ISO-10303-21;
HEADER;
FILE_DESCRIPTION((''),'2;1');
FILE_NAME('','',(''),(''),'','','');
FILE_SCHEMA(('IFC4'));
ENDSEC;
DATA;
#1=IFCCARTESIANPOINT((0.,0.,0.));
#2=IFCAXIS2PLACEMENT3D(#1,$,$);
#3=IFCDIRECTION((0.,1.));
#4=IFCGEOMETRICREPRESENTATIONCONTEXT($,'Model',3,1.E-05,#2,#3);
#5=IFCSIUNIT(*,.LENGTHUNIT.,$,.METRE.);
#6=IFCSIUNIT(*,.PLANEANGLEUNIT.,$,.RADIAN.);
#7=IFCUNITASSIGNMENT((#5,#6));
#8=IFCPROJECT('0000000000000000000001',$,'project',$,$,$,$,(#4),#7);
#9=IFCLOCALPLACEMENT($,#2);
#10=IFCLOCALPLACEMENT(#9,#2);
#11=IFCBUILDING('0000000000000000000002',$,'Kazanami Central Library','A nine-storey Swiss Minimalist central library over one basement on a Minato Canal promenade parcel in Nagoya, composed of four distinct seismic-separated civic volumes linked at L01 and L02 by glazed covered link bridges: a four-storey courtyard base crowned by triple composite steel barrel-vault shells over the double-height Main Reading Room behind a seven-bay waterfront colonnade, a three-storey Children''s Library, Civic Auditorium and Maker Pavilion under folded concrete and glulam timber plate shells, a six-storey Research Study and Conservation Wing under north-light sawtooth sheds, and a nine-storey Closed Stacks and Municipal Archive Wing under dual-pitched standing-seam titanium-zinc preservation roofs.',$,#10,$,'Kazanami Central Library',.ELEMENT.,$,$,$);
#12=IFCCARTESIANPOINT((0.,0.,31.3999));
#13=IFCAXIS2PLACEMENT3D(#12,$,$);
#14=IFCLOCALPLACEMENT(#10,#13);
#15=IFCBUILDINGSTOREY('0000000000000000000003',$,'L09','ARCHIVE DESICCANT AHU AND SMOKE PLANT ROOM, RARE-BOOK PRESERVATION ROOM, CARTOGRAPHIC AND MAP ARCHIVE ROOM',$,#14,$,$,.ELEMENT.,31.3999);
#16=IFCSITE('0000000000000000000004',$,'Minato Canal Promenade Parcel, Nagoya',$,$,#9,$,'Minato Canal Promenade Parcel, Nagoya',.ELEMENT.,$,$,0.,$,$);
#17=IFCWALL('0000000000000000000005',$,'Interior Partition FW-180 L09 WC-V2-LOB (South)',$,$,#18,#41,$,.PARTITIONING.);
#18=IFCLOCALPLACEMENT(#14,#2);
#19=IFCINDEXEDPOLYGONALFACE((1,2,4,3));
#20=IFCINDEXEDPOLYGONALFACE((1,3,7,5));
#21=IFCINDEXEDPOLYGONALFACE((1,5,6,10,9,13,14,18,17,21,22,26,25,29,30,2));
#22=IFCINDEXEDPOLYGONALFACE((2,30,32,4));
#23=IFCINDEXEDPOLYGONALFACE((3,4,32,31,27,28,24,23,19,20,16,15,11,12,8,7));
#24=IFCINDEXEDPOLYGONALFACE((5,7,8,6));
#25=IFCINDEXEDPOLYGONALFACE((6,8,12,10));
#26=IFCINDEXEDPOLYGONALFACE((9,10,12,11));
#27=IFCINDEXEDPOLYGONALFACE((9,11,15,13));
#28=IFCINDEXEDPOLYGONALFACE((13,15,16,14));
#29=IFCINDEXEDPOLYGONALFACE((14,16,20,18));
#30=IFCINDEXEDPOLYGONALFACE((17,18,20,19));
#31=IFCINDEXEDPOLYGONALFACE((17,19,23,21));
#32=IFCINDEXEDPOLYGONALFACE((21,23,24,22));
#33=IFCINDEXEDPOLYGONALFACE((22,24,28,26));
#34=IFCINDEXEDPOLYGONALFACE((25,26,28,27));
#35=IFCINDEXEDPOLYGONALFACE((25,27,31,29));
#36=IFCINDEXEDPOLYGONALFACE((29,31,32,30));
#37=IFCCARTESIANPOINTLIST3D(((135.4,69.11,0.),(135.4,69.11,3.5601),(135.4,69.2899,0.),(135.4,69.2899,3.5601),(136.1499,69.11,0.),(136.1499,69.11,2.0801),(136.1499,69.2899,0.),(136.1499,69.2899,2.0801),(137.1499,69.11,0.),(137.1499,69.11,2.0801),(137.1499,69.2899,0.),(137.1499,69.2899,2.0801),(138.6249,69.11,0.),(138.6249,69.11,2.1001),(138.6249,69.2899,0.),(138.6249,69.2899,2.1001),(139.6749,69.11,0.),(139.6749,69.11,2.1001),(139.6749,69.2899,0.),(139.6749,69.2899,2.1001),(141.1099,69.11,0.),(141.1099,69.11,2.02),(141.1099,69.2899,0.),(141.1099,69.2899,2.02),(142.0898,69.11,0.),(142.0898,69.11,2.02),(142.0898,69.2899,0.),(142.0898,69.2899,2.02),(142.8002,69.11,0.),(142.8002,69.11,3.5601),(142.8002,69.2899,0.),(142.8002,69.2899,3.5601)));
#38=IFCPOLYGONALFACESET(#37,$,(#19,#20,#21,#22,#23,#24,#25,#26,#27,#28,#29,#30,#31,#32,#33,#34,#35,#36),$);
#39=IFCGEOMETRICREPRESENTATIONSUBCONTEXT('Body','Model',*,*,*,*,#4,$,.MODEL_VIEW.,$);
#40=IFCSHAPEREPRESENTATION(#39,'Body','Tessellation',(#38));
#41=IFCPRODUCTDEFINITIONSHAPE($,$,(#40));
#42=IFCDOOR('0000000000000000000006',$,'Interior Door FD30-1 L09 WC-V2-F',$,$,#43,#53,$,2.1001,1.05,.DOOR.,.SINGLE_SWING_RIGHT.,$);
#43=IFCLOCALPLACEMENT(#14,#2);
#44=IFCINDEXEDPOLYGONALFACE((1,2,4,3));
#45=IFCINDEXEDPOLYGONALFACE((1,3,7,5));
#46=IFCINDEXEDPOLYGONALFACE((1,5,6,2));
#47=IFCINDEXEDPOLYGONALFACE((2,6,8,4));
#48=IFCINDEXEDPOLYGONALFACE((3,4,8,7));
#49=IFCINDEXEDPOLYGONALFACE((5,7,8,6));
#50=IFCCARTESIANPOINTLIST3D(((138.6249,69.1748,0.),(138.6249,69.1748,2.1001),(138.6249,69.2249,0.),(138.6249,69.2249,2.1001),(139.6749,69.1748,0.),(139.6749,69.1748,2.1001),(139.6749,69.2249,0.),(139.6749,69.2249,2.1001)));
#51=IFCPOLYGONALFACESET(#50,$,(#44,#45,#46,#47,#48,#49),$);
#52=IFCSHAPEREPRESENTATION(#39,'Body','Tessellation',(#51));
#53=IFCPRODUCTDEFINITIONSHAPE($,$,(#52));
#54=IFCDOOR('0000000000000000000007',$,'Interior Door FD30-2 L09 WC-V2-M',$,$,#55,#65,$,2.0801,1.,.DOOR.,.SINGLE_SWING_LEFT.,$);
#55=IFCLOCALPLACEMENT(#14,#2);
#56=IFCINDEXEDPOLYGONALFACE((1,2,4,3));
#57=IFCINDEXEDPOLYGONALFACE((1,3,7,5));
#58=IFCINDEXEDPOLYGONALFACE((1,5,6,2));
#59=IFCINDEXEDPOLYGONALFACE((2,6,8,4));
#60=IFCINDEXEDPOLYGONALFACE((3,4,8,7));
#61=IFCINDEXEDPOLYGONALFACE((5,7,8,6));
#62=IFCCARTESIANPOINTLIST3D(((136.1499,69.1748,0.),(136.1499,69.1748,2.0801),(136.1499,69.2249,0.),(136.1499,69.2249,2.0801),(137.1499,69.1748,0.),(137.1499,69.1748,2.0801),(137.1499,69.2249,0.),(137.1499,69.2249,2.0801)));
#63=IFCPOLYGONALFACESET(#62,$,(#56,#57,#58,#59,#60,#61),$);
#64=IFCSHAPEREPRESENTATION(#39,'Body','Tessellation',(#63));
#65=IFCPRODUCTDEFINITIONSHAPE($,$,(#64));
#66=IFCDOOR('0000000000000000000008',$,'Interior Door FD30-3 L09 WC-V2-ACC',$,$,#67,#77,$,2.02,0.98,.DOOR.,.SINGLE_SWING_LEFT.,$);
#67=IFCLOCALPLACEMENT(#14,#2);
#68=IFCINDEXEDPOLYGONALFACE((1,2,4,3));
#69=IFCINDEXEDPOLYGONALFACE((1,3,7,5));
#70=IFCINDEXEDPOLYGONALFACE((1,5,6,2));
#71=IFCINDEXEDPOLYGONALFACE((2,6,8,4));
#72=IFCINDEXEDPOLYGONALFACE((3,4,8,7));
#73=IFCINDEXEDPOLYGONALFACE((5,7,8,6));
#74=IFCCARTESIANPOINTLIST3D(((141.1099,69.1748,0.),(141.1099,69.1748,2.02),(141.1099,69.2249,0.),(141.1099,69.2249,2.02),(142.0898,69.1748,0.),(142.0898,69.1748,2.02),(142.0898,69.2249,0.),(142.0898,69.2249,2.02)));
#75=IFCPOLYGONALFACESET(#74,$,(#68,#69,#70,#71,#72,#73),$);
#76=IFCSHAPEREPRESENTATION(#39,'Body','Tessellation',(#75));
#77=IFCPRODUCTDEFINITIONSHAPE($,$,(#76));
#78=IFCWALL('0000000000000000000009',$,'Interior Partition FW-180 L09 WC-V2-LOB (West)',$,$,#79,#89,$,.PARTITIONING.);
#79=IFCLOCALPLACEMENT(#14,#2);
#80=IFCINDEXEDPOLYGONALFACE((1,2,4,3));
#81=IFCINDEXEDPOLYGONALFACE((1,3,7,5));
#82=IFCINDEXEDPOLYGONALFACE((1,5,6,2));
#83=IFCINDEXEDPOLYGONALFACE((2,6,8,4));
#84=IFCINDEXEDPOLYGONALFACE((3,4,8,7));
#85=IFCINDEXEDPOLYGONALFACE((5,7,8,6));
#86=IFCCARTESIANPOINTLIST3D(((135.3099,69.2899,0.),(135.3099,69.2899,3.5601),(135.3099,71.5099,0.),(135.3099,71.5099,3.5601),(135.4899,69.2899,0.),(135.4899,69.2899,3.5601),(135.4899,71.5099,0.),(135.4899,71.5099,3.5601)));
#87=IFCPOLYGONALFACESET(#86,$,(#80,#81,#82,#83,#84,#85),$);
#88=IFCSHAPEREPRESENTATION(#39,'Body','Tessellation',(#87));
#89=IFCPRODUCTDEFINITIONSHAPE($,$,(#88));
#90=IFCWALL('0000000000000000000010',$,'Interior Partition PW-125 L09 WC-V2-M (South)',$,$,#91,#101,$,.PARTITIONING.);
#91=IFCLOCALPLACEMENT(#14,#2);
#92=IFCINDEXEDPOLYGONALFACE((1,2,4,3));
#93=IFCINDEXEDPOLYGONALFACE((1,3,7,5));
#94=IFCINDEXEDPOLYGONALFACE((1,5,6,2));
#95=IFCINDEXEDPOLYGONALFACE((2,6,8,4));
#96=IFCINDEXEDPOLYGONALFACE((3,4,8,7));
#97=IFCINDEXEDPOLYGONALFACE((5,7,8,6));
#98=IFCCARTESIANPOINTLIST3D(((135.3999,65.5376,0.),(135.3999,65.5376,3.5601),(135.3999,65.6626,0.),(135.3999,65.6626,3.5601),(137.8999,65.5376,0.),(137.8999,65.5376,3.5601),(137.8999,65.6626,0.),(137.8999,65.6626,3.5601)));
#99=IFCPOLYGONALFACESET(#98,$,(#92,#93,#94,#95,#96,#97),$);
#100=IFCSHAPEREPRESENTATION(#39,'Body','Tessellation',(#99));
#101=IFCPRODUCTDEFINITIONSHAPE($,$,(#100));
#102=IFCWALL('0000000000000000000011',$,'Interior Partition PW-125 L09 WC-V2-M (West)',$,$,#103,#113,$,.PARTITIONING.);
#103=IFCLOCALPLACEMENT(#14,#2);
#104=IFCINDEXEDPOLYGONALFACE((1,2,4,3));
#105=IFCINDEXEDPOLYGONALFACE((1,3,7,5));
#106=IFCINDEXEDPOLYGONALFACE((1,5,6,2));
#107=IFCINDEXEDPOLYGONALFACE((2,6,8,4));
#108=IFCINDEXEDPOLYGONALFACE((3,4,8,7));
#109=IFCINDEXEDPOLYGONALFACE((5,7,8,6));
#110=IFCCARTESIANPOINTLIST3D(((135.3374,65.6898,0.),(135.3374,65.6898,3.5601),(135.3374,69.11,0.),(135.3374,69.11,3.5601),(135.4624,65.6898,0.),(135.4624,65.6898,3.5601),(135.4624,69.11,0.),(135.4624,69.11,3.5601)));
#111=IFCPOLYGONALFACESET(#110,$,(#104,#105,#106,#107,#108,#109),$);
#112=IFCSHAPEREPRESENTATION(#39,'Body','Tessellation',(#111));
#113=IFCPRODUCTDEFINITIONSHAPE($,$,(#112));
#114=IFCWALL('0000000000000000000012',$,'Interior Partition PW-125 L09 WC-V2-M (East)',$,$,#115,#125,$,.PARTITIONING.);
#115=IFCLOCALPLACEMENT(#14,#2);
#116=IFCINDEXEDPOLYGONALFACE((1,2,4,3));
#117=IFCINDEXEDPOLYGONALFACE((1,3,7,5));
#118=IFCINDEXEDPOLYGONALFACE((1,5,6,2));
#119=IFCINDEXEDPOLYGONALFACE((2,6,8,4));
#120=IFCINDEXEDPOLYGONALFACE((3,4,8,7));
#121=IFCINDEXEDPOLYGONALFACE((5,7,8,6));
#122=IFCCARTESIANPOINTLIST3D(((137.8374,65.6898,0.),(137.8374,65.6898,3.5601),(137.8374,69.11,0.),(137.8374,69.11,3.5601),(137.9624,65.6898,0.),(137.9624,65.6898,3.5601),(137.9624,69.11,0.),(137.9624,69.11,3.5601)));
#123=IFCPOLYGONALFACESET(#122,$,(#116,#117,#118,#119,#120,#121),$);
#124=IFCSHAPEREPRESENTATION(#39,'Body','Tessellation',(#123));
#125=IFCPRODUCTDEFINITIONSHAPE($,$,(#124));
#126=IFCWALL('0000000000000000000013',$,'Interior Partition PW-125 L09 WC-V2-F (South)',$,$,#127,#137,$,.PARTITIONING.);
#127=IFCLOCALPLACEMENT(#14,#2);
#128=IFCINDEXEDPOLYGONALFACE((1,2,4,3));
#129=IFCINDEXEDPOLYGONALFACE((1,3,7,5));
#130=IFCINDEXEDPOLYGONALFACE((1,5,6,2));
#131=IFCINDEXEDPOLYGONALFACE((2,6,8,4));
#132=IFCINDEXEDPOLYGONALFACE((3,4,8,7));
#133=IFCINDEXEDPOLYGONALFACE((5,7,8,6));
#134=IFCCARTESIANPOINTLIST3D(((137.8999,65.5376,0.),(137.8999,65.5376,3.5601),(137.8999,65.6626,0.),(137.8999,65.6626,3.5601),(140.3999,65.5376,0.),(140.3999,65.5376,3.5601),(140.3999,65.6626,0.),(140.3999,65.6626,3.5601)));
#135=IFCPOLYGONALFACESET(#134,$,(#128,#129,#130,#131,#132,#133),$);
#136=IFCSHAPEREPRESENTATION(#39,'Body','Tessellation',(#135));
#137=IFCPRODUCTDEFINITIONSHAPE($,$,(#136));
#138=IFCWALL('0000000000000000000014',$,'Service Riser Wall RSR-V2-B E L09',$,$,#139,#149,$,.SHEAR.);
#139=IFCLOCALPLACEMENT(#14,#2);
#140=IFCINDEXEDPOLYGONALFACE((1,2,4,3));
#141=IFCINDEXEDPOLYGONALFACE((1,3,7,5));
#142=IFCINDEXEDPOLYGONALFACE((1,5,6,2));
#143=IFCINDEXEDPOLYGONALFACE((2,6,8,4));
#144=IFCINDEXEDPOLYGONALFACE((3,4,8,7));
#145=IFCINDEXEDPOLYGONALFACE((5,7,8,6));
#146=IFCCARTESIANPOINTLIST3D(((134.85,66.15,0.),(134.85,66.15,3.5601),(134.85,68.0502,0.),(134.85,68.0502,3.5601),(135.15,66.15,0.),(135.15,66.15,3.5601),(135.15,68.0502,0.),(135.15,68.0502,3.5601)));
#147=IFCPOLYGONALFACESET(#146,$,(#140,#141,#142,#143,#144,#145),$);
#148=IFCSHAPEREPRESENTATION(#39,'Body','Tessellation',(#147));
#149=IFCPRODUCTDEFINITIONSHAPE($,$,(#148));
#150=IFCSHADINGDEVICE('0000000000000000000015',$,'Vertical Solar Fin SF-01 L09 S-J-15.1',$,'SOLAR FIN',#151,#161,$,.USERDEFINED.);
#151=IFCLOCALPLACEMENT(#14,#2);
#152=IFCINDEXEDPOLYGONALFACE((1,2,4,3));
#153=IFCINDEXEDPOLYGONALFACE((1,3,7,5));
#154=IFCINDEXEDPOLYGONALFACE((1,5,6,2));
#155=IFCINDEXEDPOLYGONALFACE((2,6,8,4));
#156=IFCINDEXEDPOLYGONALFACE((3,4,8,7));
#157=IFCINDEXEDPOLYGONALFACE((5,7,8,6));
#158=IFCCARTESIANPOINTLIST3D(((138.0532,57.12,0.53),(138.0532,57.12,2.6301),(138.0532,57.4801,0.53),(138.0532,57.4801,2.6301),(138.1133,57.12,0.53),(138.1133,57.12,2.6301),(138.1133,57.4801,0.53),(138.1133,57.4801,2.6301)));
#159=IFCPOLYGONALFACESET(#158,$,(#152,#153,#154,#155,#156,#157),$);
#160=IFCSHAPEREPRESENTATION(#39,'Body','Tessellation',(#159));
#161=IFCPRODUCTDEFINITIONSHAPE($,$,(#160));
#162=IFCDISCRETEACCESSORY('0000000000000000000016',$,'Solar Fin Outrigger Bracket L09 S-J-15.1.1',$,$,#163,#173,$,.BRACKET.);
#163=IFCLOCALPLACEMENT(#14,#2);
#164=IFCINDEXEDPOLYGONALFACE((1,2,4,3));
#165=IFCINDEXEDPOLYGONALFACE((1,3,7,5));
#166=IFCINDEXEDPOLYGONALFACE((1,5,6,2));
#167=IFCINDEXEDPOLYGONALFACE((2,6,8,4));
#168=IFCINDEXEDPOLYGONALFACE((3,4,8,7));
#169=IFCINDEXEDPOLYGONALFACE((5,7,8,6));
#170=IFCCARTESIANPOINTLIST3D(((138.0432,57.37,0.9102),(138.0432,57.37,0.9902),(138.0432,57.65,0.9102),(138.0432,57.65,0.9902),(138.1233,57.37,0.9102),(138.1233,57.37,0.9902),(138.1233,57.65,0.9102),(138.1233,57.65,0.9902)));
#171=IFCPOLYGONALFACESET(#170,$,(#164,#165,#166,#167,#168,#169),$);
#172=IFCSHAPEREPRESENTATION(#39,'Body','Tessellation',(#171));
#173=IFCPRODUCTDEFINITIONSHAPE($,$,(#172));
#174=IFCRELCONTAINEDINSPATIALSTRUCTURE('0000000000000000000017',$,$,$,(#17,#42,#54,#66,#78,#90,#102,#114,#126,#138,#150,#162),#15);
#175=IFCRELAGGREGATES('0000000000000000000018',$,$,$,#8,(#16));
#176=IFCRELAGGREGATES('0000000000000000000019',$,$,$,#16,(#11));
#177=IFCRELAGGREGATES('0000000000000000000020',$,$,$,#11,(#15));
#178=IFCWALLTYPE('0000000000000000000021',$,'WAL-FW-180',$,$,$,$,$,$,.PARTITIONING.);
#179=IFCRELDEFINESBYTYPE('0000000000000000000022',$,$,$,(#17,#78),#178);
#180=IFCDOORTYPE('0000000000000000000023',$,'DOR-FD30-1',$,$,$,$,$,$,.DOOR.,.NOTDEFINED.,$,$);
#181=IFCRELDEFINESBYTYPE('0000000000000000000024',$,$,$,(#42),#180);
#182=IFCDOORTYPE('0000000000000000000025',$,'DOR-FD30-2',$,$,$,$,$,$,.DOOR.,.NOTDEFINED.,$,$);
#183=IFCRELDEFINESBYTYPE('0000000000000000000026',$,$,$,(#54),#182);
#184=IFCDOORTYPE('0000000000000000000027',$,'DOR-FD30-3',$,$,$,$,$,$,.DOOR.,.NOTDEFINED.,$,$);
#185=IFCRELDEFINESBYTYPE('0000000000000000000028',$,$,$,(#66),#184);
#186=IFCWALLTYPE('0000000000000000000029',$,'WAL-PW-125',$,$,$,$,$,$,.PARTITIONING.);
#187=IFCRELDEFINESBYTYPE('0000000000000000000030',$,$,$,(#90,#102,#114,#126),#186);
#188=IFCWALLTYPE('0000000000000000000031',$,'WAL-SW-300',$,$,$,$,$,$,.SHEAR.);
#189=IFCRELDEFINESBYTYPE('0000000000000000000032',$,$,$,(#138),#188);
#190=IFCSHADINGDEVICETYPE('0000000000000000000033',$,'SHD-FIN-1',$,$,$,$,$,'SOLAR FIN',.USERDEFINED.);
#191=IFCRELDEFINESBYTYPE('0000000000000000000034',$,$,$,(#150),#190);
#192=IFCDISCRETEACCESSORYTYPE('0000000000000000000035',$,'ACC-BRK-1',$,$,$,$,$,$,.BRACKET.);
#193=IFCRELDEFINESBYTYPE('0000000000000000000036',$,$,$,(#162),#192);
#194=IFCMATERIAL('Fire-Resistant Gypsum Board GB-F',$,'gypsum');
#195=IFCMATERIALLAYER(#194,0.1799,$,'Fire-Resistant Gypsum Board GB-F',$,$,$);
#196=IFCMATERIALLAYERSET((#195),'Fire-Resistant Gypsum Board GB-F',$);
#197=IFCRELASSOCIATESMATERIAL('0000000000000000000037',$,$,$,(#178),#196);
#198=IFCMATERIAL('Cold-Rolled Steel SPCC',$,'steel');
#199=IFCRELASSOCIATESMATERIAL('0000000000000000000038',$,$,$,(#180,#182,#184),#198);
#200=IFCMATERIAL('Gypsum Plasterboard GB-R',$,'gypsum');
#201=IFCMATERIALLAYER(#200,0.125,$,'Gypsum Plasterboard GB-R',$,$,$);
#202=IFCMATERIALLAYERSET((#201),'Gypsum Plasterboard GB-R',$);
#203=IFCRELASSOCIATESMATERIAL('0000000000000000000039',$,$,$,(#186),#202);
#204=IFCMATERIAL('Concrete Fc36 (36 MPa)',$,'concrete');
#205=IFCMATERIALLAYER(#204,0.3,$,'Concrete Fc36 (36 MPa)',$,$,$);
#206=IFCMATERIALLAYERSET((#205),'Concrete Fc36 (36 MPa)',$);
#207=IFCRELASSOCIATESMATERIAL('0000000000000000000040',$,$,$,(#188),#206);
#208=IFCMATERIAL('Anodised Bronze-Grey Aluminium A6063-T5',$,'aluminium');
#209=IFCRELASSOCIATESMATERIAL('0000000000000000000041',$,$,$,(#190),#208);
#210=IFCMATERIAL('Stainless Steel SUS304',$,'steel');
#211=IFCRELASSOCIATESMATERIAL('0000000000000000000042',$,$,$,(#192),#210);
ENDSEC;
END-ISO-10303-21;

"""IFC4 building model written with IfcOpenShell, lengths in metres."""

from ifc_helpers import new_model, si_unit, direction, frame, frame_2d, origin, origin_2d, place, context, subcontext, project, spatial, rectangle, extrude, material, layer, layer_set, type_object, element, fill, save


model = new_model("IFC4")

# Units and contexts
model_context = context("Model", 3, precision=1e-05, world=origin(), true_north=direction((0.0, 1.0)))
body_context = subcontext(model_context, "Body", "Model", "MODEL_VIEW")
ifc_project = project(units=[si_unit("LENGTHUNIT", "METRE"), si_unit("PLANEANGLEUNIT", "RADIAN")], contexts=[model_context])

# Site, building, storey
site_placement = place(None, origin())
site = spatial("IfcSite", under=ifc_project, at=site_placement, Name="Minato Canal Promenade Parcel, Nagoya", LongName="Minato Canal Promenade Parcel, Nagoya", CompositionType="ELEMENT", RefElevation=0.0)
building_placement = place(site_placement, origin())
building = spatial("IfcBuilding", under=site, at=building_placement, Name="Kazanami Central Library", Description="A nine-storey Swiss Minimalist central library over one basement on a Minato Canal promenade parcel in Nagoya, composed of four distinct seismic-separated civic volumes linked at L01 and L02 by glazed covered link bridges: a four-storey courtyard base crowned by triple composite steel barrel-vault shells over the double-height Main Reading Room behind a seven-bay waterfront colonnade, a three-storey Children's Library, Civic Auditorium and Maker Pavilion under folded concrete and glulam timber plate shells, a six-storey Research Study and Conservation Wing under north-light sawtooth sheds, and a nine-storey Closed Stacks and Municipal Archive Wing under dual-pitched standing-seam titanium-zinc preservation roofs.", LongName="Kazanami Central Library", CompositionType="ELEMENT")
storey_placement = place(building_placement, frame((0.0, 0.0, 31.3999)))
storey = spatial("IfcBuildingStorey", under=building, at=storey_placement, Name="L09", Description="ARCHIVE DESICCANT AHU AND SMOKE PLANT ROOM, RARE-BOOK PRESERVATION ROOM, CARTOGRAPHIC AND MAP ARCHIVE ROOM", CompositionType="ELEMENT", Elevation=31.3999)

# Wall, openings, doors
ifc_material_1 = material(Name="Fire-Resistant Gypsum Board GB-F", Category="gypsum")
ifc_layer_1 = layer(ifc_material_1, 0.1799, Name="Fire-Resistant Gypsum Board GB-F")
ifc_layer_set_1 = layer_set([ifc_layer_1], Name="Fire-Resistant Gypsum Board GB-F")
wall_type_1 = type_object("IfcWallType", Name="WAL-FW-180", PredefinedType="PARTITIONING", material=ifc_layer_set_1)
wall_1_placement = place(storey_placement, frame((135.3999, 69.2, 0.0), z_axis=(0.0, 0.0, 1.0), x_axis=(1.0, 0.0, 0.0)))
wall_1 = element("IfcWall", 1, at=wall_1_placement, inside=storey, type_object=wall_type_1, Name="Interior Partition FW-180 L09 WC-V2-LOB (South)", PredefinedType="PARTITIONING", context=body_context, shape_type="SweptSolid", body=[
    extrude(rectangle(XDim=7.4001, YDim=0.1799, at=frame_2d((3.7002, 0.0))), origin(), (0.0, 0.0, 1.0), 3.5601),
])
opening_1_placement = place(wall_1_placement, frame((0.75, 0.0, 0.0)))
opening_1 = element("IfcOpeningElement", 2, at=opening_1_placement, cuts=wall_1, PredefinedType="OPENING", context=body_context, shape_type="SweptSolid", body=[
    extrude(rectangle(XDim=1.0, YDim=2.0801, at=frame_2d((0.5, 1.04))), frame((0.0, 0.1021, 0.0), z_axis=(0.0, -1.0, 0.0), x_axis=(1.0, 0.0, 0.0)), (0.0, 0.0, 1.0), 0.2039),
])
opening_2_placement = place(wall_1_placement, frame((3.2251, 0.0, 0.0)))
opening_2 = element("IfcOpeningElement", 3, at=opening_2_placement, cuts=wall_1, PredefinedType="OPENING", context=body_context, shape_type="SweptSolid", body=[
    extrude(rectangle(XDim=1.05, YDim=2.1001, at=frame_2d((0.5249, 1.05))), frame((0.0, 0.1021, 0.0), z_axis=(0.0, -1.0, 0.0), x_axis=(1.0, 0.0, 0.0)), (0.0, 0.0, 1.0), 0.2039),
])
opening_3_placement = place(wall_1_placement, frame((5.71, 0.0, 0.0)))
opening_3 = element("IfcOpeningElement", 4, at=opening_3_placement, cuts=wall_1, PredefinedType="OPENING", context=body_context, shape_type="SweptSolid", body=[
    extrude(rectangle(XDim=0.98, YDim=2.02, at=frame_2d((0.49, 1.01))), frame((0.0, 0.1021, 0.0), z_axis=(0.0, -1.0, 0.0), x_axis=(1.0, 0.0, 0.0)), (0.0, 0.0, 1.0), 0.2039),
])
ifc_material_2 = material(Name="Cold-Rolled Steel SPCC", Category="steel")
door_type_1 = type_object("IfcDoorType", Name="DOR-FD30-1", OperationType="NOTDEFINED", PredefinedType="DOOR", material=ifc_material_2)
door_1_placement = place(opening_2_placement, origin())
door_1 = element("IfcDoor", 5, at=door_1_placement, inside=storey, type_object=door_type_1, Name="Interior Door FD30-1 L09 WC-V2-F", OperationType="SINGLE_SWING_RIGHT", OverallHeight=2.1001, OverallWidth=1.05, PredefinedType="DOOR", context=body_context, shape_type="SweptSolid", body=[
    extrude(rectangle(XDim=1.05, YDim=2.1001, at=frame_2d((0.5249, 1.05))), frame((0.0, 0.0249, 0.0), z_axis=(0.0, -1.0, 0.0), x_axis=(1.0, 0.0, 0.0)), (0.0, 0.0, 1.0), 0.05),
])
fill(opening_2, door_1)
door_type_2 = type_object("IfcDoorType", Name="DOR-FD30-2", OperationType="NOTDEFINED", PredefinedType="DOOR", material=ifc_material_2)
door_2_placement = place(opening_1_placement, origin())
door_2 = element("IfcDoor", 6, at=door_2_placement, inside=storey, type_object=door_type_2, Name="Interior Door FD30-2 L09 WC-V2-M", OperationType="SINGLE_SWING_LEFT", OverallHeight=2.0801, OverallWidth=1.0, PredefinedType="DOOR", context=body_context, shape_type="SweptSolid", body=[
    extrude(rectangle(XDim=1.0, YDim=2.0801, at=frame_2d((0.5, 1.04))), frame((0.0, 0.0249, 0.0), z_axis=(0.0, -1.0, 0.0), x_axis=(1.0, 0.0, 0.0)), (0.0, 0.0, 1.0), 0.05),
])
fill(opening_1, door_2)
door_type_3 = type_object("IfcDoorType", Name="DOR-FD30-3", OperationType="NOTDEFINED", PredefinedType="DOOR", material=ifc_material_2)
door_3_placement = place(opening_3_placement, origin())
door_3 = element("IfcDoor", 7, at=door_3_placement, inside=storey, type_object=door_type_3, Name="Interior Door FD30-3 L09 WC-V2-ACC", OperationType="SINGLE_SWING_LEFT", OverallHeight=2.02, OverallWidth=0.98, PredefinedType="DOOR", context=body_context, shape_type="SweptSolid", body=[
    extrude(rectangle(XDim=0.98, YDim=2.02, at=frame_2d((0.49, 1.01))), frame((0.0, 0.0249, 0.0), z_axis=(0.0, -1.0, 0.0), x_axis=(1.0, 0.0, 0.0)), (0.0, 0.0, 1.0), 0.05),
])
fill(opening_3, door_3)

# Walls
wall_2_placement = place(storey_placement, frame((135.3999, 69.29, 0.0), z_axis=(0.0, 0.0, 1.0), x_axis=(0.0, 1.0, 0.0)))
element("IfcWall", 8, at=wall_2_placement, inside=storey, type_object=wall_type_1, Name="Interior Partition FW-180 L09 WC-V2-LOB (West)", PredefinedType="PARTITIONING", context=body_context, shape_type="SweptSolid", body=[
    extrude(rectangle(XDim=2.22, YDim=0.1799, at=frame_2d((1.1099, 0.0))), origin(), (0.0, 0.0, 1.0), 3.5601),
])
ifc_material_3 = material(Name="Gypsum Plasterboard GB-R", Category="gypsum")
ifc_layer_2 = layer(ifc_material_3, 0.125, Name="Gypsum Plasterboard GB-R")
ifc_layer_set_2 = layer_set([ifc_layer_2], Name="Gypsum Plasterboard GB-R")
wall_type_2 = type_object("IfcWallType", Name="WAL-PW-125", PredefinedType="PARTITIONING", material=ifc_layer_set_2)
wall_3_placement = place(storey_placement, frame((135.3999, 65.6001, 0.0), z_axis=(0.0, 0.0, 1.0), x_axis=(1.0, 0.0, 0.0)))
element("IfcWall", 9, at=wall_3_placement, inside=storey, type_object=wall_type_2, Name="Interior Partition PW-125 L09 WC-V2-M (South)", PredefinedType="PARTITIONING", context=body_context, shape_type="SweptSolid", body=[
    extrude(rectangle(XDim=2.5, YDim=0.125, at=frame_2d((1.25, 0.0))), origin(), (0.0, 0.0, 1.0), 3.5601),
])
for number, where, z_axis, x_axis, name in (
    (10, (135.3999, 65.6899, 0.0), (0.0, 0.0, 1.0), (0.0, 1.0, 0.0), "Interior Partition PW-125 L09 WC-V2-M (West)"),
    (11, (137.8999, 65.6899, 0.0), (0.0, 0.0, 1.0), (0.0, 1.0, 0.0), "Interior Partition PW-125 L09 WC-V2-M (East)"),
):
    element("IfcWall", number, at=place(storey_placement, frame(where, z_axis=z_axis, x_axis=x_axis)), inside=storey, type_object=wall_type_2, Name=name, PredefinedType="PARTITIONING", context=body_context, shape_type="SweptSolid", body=[
        extrude(rectangle(XDim=3.4202, YDim=0.125, at=frame_2d((1.71, 0.0))), origin(), (0.0, 0.0, 1.0), 3.5601),
    ])
wall_4_placement = place(storey_placement, frame((137.8999, 65.6001, 0.0), z_axis=(0.0, 0.0, 1.0), x_axis=(1.0, 0.0, 0.0)))
element("IfcWall", 12, at=wall_4_placement, inside=storey, type_object=wall_type_2, Name="Interior Partition PW-125 L09 WC-V2-F (South)", PredefinedType="PARTITIONING", context=body_context, shape_type="SweptSolid", body=[
    extrude(rectangle(XDim=2.5, YDim=0.125, at=frame_2d((1.25, 0.0))), origin(), (0.0, 0.0, 1.0), 3.5601),
])
ifc_material_4 = material(Name="Concrete Fc36 (36 MPa)", Category="concrete")
ifc_layer_3 = layer(ifc_material_4, 0.3, Name="Concrete Fc36 (36 MPa)")
ifc_layer_set_3 = layer_set([ifc_layer_3], Name="Concrete Fc36 (36 MPa)")
wall_type_3 = type_object("IfcWallType", Name="WAL-SW-300", PredefinedType="SHEAR", material=ifc_layer_set_3)
wall_5_placement = place(storey_placement, frame((135.0, 66.1499, 0.0), z_axis=(0.0, 0.0, 1.0), x_axis=(0.0, 1.0, 0.0)))
element("IfcWall", 13, at=wall_5_placement, inside=storey, type_object=wall_type_3, Name="Service Riser Wall RSR-V2-B E L09", PredefinedType="SHEAR", context=body_context, shape_type="SweptSolid", body=[
    extrude(rectangle(XDim=1.9001, YDim=0.3, at=frame_2d((0.9502, 0.0))), origin(), (0.0, 0.0, 1.0), 3.5601),
])

# Shading device
ifc_material_5 = material(Name="Anodised Bronze-Grey Aluminium A6063-T5", Category="aluminium")
shading_device_type = type_object("IfcShadingDeviceType", Name="SHD-FIN-1", ElementType="SOLAR FIN", PredefinedType="USERDEFINED", material=ifc_material_5)
shading_device_placement = place(storey_placement, frame((138.0833, 57.3, 0.53), z_axis=(0.0, 0.0, 1.0), x_axis=(1.0, 0.0, 0.0)))
element("IfcShadingDevice", 14, at=shading_device_placement, inside=storey, type_object=shading_device_type, Name="Vertical Solar Fin SF-01 L09 S-J-15.1", ObjectType="SOLAR FIN", PredefinedType="USERDEFINED", context=body_context, shape_type="SweptSolid", body=[
    extrude(rectangle(XDim=0.0601, YDim=0.3601, at=origin_2d()), origin(), (0.0, 0.0, 1.0), 2.1001),
])

# Discrete accessory
ifc_material_6 = material(Name="Stainless Steel SUS304", Category="steel")
discrete_accessory_type = type_object("IfcDiscreteAccessoryType", Name="ACC-BRK-1", PredefinedType="BRACKET", material=ifc_material_6)
for number, where, z_axis, x_axis, name in (
    (15, (138.0833, 57.51, 0.9102), (0.0, 0.0, 1.0), (1.0, 0.0, 0.0), "Solar Fin Outrigger Bracket L09 S-J-15.1.1"),
):
    element("IfcDiscreteAccessory", number, at=place(storey_placement, frame(where, z_axis=z_axis, x_axis=x_axis)), inside=storey, type_object=discrete_accessory_type, Name=name, PredefinedType="BRACKET", context=body_context, shape_type="SweptSolid", body=[
        extrude(rectangle(XDim=0.0801, YDim=0.28, at=origin_2d()), origin(), (0.0, 0.0, 1.0), 0.0801),
    ])

save(model, "model.ifc")
